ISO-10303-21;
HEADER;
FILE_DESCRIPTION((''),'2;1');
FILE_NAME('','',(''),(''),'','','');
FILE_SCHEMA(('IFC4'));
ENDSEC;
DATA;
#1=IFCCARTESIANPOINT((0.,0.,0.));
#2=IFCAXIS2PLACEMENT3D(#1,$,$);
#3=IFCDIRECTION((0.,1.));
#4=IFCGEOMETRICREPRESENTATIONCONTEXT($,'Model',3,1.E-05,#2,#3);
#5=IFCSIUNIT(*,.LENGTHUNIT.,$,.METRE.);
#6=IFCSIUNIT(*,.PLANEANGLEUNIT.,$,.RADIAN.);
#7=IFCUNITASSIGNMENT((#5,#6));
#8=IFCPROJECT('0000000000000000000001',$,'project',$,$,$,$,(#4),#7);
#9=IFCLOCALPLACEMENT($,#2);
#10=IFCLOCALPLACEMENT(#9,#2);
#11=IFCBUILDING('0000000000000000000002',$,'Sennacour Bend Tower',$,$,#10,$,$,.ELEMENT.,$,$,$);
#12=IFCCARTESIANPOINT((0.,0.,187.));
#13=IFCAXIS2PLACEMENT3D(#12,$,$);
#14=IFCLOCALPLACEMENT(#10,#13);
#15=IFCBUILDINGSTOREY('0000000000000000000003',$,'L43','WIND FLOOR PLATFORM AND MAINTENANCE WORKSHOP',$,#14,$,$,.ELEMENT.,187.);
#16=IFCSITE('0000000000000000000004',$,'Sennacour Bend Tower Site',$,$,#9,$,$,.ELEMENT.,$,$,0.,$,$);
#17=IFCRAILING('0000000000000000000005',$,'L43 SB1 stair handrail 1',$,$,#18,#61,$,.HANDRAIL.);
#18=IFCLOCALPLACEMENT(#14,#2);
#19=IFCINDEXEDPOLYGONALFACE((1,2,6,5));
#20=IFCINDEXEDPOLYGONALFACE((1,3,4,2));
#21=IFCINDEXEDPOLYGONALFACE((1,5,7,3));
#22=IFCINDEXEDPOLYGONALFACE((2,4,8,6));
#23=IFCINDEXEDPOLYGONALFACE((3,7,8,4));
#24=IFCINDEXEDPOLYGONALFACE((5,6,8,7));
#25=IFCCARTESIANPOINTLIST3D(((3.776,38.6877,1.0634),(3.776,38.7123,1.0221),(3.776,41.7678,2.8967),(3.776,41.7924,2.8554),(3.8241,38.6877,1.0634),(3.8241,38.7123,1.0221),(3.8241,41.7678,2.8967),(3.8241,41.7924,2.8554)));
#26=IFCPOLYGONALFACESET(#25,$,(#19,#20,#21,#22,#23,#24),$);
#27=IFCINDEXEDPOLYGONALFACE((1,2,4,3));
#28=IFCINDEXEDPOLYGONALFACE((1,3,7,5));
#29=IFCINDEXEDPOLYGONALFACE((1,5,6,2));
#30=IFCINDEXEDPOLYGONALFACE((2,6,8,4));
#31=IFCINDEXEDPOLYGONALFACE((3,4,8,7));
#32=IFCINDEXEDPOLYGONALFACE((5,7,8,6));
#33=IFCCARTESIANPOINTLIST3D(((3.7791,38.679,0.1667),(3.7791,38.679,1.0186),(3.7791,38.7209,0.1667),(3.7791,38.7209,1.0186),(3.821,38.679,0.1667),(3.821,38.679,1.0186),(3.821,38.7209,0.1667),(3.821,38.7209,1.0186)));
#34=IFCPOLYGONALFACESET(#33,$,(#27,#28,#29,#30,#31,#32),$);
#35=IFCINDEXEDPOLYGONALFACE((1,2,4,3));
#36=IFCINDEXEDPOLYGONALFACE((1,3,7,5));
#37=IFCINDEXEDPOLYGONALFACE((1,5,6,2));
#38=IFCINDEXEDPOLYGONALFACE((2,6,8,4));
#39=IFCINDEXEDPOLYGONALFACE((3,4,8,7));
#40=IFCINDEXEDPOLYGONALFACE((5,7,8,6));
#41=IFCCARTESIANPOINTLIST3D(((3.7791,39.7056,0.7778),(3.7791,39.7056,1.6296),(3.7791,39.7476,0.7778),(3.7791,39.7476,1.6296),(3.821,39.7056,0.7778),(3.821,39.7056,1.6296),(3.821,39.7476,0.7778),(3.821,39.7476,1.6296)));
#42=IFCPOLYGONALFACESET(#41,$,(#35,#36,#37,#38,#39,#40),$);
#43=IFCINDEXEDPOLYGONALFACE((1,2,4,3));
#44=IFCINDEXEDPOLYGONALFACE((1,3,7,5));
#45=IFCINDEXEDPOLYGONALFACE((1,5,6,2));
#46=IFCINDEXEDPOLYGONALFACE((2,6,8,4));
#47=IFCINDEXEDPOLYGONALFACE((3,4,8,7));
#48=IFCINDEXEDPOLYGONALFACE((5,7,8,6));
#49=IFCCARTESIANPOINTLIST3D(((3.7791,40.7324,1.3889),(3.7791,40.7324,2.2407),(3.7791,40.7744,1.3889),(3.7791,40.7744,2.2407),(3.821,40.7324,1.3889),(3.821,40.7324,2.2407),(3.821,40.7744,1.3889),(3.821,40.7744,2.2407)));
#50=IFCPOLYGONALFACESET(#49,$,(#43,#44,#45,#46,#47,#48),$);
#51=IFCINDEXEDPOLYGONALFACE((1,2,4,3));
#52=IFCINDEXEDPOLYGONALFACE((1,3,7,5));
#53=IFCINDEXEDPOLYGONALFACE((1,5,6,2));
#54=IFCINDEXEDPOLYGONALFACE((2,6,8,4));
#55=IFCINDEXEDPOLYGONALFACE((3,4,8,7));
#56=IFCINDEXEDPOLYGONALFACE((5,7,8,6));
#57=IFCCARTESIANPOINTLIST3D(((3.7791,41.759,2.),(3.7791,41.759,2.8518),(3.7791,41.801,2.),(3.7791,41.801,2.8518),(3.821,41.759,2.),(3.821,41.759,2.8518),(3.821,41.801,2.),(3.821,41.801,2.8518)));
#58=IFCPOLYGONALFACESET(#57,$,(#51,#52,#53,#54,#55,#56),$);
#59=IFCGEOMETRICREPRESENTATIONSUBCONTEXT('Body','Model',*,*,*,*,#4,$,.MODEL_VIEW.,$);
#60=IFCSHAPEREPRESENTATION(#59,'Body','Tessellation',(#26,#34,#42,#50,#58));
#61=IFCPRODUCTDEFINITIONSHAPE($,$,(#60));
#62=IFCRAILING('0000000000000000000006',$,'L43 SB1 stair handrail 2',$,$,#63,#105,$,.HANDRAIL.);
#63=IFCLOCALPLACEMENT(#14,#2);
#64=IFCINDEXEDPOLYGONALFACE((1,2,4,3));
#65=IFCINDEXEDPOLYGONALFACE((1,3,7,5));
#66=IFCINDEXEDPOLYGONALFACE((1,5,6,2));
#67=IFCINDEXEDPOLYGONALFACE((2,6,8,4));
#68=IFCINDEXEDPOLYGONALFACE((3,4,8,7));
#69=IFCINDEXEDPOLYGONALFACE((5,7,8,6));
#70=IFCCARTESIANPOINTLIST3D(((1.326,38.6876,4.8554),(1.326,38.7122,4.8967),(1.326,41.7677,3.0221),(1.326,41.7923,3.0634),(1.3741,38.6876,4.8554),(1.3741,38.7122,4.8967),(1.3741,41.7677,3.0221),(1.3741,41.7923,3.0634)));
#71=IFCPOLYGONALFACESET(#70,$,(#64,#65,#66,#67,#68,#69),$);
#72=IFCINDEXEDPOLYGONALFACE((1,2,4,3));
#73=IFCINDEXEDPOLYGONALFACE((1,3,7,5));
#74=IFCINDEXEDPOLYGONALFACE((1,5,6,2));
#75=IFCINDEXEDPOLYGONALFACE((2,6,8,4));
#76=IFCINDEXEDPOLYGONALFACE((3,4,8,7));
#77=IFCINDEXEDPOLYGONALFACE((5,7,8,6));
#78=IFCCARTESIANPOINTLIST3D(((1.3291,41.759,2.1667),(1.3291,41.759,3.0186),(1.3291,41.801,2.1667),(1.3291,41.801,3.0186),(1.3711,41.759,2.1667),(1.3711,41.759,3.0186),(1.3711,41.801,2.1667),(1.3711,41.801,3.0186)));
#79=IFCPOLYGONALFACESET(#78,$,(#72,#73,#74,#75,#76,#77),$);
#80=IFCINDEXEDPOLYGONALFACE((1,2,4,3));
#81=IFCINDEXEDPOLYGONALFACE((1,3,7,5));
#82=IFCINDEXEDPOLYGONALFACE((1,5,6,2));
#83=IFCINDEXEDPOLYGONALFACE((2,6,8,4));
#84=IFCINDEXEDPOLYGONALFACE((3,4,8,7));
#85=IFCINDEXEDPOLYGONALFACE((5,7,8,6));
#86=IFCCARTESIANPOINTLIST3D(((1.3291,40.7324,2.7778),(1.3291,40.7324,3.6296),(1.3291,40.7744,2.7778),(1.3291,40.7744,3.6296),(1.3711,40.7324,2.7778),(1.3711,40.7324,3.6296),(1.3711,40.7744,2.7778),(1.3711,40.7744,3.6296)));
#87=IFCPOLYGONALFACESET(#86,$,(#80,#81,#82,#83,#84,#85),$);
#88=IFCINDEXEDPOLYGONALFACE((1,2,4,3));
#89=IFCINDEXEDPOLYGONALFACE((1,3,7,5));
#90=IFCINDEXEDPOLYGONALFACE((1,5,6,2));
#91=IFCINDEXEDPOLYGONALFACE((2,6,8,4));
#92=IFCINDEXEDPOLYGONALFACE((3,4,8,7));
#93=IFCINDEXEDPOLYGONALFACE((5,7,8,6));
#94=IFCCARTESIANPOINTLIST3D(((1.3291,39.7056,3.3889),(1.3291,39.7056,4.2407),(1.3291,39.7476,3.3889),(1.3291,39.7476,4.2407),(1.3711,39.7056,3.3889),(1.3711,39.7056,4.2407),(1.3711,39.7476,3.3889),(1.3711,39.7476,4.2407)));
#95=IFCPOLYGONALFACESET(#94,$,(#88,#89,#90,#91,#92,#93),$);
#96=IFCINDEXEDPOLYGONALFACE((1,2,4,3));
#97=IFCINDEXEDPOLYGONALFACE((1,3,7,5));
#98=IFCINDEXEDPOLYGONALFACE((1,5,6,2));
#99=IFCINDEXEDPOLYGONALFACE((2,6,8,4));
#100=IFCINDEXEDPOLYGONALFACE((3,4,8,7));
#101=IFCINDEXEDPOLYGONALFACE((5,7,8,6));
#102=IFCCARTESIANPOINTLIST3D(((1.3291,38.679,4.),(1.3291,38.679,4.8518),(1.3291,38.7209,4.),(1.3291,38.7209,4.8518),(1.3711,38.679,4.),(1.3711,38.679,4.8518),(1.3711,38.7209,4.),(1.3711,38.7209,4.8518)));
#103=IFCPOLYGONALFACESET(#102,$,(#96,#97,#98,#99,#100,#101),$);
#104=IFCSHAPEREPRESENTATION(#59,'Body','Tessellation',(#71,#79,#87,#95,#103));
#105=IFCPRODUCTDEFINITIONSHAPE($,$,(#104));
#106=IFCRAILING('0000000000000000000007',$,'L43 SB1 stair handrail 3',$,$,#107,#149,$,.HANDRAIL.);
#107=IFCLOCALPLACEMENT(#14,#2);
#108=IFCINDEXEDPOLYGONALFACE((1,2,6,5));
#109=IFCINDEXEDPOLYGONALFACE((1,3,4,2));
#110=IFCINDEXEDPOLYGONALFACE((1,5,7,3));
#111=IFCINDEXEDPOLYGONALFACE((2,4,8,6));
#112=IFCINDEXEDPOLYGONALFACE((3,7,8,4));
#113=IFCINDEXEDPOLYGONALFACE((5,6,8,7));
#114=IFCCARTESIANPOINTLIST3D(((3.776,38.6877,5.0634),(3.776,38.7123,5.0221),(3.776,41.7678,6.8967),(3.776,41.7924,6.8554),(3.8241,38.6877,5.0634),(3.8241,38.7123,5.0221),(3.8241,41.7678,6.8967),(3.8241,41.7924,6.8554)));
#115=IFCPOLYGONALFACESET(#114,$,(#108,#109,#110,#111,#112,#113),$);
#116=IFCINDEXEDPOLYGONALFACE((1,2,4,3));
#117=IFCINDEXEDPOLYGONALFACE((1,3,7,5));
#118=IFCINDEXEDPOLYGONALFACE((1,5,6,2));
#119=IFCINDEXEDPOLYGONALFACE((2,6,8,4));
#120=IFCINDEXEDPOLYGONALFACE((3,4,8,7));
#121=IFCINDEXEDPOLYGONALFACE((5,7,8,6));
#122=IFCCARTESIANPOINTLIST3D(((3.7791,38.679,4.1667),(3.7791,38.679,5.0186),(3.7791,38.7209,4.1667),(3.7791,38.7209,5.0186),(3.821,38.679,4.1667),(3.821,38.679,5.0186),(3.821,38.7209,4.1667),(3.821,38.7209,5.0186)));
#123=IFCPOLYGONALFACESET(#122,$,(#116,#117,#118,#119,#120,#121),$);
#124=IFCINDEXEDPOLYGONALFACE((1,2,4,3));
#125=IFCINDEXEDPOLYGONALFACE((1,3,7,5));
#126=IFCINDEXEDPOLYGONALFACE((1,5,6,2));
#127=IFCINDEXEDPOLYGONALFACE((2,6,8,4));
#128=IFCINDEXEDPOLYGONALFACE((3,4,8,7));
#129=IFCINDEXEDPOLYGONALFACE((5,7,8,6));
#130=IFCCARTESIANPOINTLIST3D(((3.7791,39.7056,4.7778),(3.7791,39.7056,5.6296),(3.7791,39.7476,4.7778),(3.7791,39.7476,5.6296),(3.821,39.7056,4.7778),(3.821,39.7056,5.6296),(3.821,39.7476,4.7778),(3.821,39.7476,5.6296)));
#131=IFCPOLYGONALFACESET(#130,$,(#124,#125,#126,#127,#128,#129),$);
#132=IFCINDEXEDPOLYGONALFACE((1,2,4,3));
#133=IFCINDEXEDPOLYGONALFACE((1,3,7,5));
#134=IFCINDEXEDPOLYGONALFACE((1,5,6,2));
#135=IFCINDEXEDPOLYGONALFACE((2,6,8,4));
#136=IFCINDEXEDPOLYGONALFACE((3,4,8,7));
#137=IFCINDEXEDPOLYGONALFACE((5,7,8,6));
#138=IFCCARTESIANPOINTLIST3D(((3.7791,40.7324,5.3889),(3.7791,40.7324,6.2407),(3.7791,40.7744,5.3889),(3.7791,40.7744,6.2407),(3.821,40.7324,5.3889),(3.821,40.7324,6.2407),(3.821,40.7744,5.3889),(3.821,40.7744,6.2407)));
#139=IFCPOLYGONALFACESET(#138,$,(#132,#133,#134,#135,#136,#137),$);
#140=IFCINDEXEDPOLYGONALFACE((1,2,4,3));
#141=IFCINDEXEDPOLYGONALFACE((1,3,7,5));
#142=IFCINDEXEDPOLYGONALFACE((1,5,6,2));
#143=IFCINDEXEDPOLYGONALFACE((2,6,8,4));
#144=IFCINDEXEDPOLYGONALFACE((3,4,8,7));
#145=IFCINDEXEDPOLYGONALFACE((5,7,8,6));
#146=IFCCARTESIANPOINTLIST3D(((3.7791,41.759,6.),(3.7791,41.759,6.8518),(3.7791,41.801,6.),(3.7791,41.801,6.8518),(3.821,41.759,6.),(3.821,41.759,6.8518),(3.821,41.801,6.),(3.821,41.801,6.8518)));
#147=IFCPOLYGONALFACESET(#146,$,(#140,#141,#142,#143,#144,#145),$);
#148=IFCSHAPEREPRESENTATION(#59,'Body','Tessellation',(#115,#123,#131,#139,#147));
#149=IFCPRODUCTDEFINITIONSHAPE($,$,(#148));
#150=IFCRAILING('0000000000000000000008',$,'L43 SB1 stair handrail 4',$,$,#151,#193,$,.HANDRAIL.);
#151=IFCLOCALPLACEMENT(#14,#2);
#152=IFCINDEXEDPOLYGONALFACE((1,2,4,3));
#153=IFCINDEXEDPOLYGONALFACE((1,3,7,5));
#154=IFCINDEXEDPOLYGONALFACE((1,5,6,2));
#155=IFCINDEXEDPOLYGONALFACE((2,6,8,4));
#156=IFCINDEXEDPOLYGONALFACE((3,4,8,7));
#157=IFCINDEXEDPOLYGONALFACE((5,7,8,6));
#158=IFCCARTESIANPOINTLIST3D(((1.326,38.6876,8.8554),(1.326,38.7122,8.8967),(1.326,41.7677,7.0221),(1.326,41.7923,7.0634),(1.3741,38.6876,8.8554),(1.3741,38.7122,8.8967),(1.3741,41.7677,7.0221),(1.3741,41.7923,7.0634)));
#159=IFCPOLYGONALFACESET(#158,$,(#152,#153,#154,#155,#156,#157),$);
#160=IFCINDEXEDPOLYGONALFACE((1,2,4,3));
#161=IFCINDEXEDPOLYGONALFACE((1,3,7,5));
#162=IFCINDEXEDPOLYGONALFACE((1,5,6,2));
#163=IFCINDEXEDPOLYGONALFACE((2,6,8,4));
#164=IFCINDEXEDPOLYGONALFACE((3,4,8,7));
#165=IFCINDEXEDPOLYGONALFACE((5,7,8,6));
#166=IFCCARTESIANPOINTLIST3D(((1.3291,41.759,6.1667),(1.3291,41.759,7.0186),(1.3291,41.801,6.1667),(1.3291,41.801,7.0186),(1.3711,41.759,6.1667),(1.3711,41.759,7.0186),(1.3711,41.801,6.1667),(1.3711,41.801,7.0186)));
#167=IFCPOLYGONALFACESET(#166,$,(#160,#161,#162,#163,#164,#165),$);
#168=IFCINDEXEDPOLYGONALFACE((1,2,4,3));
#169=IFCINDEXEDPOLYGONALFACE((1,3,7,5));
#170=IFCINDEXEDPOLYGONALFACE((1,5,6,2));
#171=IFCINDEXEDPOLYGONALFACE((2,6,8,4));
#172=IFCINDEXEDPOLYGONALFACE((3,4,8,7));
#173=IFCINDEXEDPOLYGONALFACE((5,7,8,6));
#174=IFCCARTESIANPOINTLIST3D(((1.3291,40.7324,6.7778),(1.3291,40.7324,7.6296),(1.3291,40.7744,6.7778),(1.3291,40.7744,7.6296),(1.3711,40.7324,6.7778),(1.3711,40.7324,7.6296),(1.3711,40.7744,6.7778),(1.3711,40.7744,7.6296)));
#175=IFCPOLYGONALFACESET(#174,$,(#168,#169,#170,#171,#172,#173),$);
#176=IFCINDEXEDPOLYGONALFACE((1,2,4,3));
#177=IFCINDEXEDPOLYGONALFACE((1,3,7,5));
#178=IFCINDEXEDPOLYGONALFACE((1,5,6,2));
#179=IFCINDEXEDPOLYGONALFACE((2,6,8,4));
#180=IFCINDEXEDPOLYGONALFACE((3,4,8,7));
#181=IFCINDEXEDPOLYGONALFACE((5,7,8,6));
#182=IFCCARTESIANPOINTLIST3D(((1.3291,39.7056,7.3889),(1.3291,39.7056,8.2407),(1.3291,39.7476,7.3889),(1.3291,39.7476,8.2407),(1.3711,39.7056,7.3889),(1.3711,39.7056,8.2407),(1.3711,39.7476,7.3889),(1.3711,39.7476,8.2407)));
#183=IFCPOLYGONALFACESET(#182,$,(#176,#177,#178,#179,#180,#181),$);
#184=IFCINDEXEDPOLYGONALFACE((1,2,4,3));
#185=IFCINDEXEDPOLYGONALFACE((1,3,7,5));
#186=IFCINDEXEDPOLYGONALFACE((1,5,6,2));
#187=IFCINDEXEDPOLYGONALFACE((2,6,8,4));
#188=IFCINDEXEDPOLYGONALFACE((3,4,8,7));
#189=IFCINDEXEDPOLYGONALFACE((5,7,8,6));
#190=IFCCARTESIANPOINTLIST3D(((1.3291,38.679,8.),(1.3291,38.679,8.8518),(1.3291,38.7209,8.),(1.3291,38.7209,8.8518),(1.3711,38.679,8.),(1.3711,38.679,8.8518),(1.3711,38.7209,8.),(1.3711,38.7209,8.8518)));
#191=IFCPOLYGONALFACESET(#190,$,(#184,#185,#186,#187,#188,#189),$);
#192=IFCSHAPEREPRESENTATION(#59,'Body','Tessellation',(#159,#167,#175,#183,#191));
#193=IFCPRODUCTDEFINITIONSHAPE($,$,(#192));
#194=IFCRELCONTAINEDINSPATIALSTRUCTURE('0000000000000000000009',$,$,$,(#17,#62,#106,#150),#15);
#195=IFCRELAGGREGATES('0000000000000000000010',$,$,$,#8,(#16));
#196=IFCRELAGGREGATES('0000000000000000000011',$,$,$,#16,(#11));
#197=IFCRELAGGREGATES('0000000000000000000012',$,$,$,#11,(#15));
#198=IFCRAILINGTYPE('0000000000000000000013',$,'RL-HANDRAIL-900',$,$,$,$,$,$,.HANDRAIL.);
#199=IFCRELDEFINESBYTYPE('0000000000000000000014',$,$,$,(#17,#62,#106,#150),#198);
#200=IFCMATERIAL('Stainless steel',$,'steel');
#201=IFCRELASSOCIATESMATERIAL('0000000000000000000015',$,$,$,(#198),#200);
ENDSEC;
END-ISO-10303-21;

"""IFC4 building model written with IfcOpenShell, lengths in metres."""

from ifc_helpers import new_model, si_unit, direction, frame, origin, origin_2d, place, context, subcontext, project, spatial, rectangle, extrude, material, type_object, element, save


model = new_model("IFC4")

# Units and contexts
model_context = context("Model", 3, precision=1e-05, world=origin(), true_north=direction((0.0, 1.0)))
body_context = subcontext(model_context, "Body", "Model", "MODEL_VIEW")
ifc_project = project(units=[si_unit("LENGTHUNIT", "METRE"), si_unit("PLANEANGLEUNIT", "RADIAN")], contexts=[model_context])

# Site, building, storey
site_placement = place(None, origin())
site = spatial("IfcSite", under=ifc_project, at=site_placement, Name="Sennacour Bend Tower Site", CompositionType="ELEMENT", RefElevation=0.0)
building_placement = place(site_placement, origin())
building = spatial("IfcBuilding", under=site, at=building_placement, Name="Sennacour Bend Tower", CompositionType="ELEMENT")
storey_placement = place(building_placement, frame((0.0, 0.0, 187.0)))
storey = spatial("IfcBuildingStorey", under=building, at=storey_placement, Name="L43", Description="WIND FLOOR PLATFORM AND MAINTENANCE WORKSHOP", CompositionType="ELEMENT", Elevation=187.0)

# Railings
ifc_material_1 = material(Name="Stainless steel", Category="steel")
railing_type_1 = type_object("IfcRailingType", Name="RL-HANDRAIL-900", PredefinedType="HANDRAIL", material=ifc_material_1)
railing_1_placement = place(storey_placement, frame((3.8, 38.7, 0.1667)))
element("IfcRailing", 1, at=railing_1_placement, inside=storey, type_object=railing_type_1, Name="L43 SB1 stair handrail 1", PredefinedType="HANDRAIL", context=body_context, shape_type="SweptSolid", body=[
    extrude(rectangle(XDim=0.0481, YDim=0.0481, at=origin_2d()), frame((0.0, 0.0, 0.876), z_axis=(0.0, 0.859309, 0.511458), x_axis=(-1.0, 0.0, 0.0)), (0.0, 0.0, 1.0), 3.5845),
    extrude(rectangle(XDim=0.042, YDim=0.042, at=origin_2d()), origin(), (0.0, 0.0, 1.0), 0.8518),
    extrude(rectangle(XDim=0.042, YDim=0.042, at=origin_2d()), frame((0.0, 1.0266, 0.6111)), (0.0, 0.0, 1.0), 0.8518),
    extrude(rectangle(XDim=0.042, YDim=0.042, at=origin_2d()), frame((0.0, 2.0535, 1.2222)), (0.0, 0.0, 1.0), 0.8518),
    extrude(rectangle(XDim=0.042, YDim=0.042, at=origin_2d()), frame((0.0, 3.0801, 1.8333)), (0.0, 0.0, 1.0), 0.8518),
])
railing_2_placement = place(storey_placement, frame((1.3501, 41.78, 2.1667)))
element("IfcRailing", 2, at=railing_2_placement, inside=storey, type_object=railing_type_1, Name="L43 SB1 stair handrail 2", PredefinedType="HANDRAIL", context=body_context, shape_type="SweptSolid", body=[
    extrude(rectangle(XDim=0.0481, YDim=0.0481, at=origin_2d()), frame((0.0, 0.0, 0.876), z_axis=(0.0, -0.859309, 0.511458), x_axis=(1.0, 0.0, 0.0)), (0.0, 0.0, 1.0), 3.5845),
    extrude(rectangle(XDim=0.042, YDim=0.042, at=origin_2d()), origin(), (0.0, 0.0, 1.0), 0.8518),
    extrude(rectangle(XDim=0.042, YDim=0.042, at=origin_2d()), frame((0.0, -1.0266, 0.6111)), (0.0, 0.0, 1.0), 0.8518),
    extrude(rectangle(XDim=0.042, YDim=0.042, at=origin_2d()), frame((0.0, -2.0535, 1.2222)), (0.0, 0.0, 1.0), 0.8518),
    extrude(rectangle(XDim=0.042, YDim=0.042, at=origin_2d()), frame((0.0, -3.0801, 1.8333)), (0.0, 0.0, 1.0), 0.8518),
])
railing_3_placement = place(storey_placement, frame((3.8, 38.7, 4.1667)))
element("IfcRailing", 3, at=railing_3_placement, inside=storey, type_object=railing_type_1, Name="L43 SB1 stair handrail 3", PredefinedType="HANDRAIL", context=body_context, shape_type="SweptSolid", body=[
    extrude(rectangle(XDim=0.0481, YDim=0.0481, at=origin_2d()), frame((0.0, 0.0, 0.876), z_axis=(0.0, 0.859309, 0.511458), x_axis=(-1.0, 0.0, 0.0)), (0.0, 0.0, 1.0), 3.5845),
    extrude(rectangle(XDim=0.042, YDim=0.042, at=origin_2d()), origin(), (0.0, 0.0, 1.0), 0.8518),
    extrude(rectangle(XDim=0.042, YDim=0.042, at=origin_2d()), frame((0.0, 1.0266, 0.6111)), (0.0, 0.0, 1.0), 0.8518),
    extrude(rectangle(XDim=0.042, YDim=0.042, at=origin_2d()), frame((0.0, 2.0535, 1.2222)), (0.0, 0.0, 1.0), 0.8518),
    extrude(rectangle(XDim=0.042, YDim=0.042, at=origin_2d()), frame((0.0, 3.0801, 1.8333)), (0.0, 0.0, 1.0), 0.8518),
])
railing_4_placement = place(storey_placement, frame((1.3501, 41.78, 6.1667)))
element("IfcRailing", 4, at=railing_4_placement, inside=storey, type_object=railing_type_1, Name="L43 SB1 stair handrail 4", PredefinedType="HANDRAIL", context=body_context, shape_type="SweptSolid", body=[
    extrude(rectangle(XDim=0.0481, YDim=0.0481, at=origin_2d()), frame((0.0, 0.0, 0.876), z_axis=(0.0, -0.859309, 0.511458), x_axis=(1.0, 0.0, 0.0)), (0.0, 0.0, 1.0), 3.5845),
    extrude(rectangle(XDim=0.042, YDim=0.042, at=origin_2d()), origin(), (0.0, 0.0, 1.0), 0.8518),
    extrude(rectangle(XDim=0.042, YDim=0.042, at=origin_2d()), frame((0.0, -1.0266, 0.6111)), (0.0, 0.0, 1.0), 0.8518),
    extrude(rectangle(XDim=0.042, YDim=0.042, at=origin_2d()), frame((0.0, -2.0535, 1.2222)), (0.0, 0.0, 1.0), 0.8518),
    extrude(rectangle(XDim=0.042, YDim=0.042, at=origin_2d()), frame((0.0, -3.0801, 1.8333)), (0.0, 0.0, 1.0), 0.8518),
])

save(model, "model.ifc")
